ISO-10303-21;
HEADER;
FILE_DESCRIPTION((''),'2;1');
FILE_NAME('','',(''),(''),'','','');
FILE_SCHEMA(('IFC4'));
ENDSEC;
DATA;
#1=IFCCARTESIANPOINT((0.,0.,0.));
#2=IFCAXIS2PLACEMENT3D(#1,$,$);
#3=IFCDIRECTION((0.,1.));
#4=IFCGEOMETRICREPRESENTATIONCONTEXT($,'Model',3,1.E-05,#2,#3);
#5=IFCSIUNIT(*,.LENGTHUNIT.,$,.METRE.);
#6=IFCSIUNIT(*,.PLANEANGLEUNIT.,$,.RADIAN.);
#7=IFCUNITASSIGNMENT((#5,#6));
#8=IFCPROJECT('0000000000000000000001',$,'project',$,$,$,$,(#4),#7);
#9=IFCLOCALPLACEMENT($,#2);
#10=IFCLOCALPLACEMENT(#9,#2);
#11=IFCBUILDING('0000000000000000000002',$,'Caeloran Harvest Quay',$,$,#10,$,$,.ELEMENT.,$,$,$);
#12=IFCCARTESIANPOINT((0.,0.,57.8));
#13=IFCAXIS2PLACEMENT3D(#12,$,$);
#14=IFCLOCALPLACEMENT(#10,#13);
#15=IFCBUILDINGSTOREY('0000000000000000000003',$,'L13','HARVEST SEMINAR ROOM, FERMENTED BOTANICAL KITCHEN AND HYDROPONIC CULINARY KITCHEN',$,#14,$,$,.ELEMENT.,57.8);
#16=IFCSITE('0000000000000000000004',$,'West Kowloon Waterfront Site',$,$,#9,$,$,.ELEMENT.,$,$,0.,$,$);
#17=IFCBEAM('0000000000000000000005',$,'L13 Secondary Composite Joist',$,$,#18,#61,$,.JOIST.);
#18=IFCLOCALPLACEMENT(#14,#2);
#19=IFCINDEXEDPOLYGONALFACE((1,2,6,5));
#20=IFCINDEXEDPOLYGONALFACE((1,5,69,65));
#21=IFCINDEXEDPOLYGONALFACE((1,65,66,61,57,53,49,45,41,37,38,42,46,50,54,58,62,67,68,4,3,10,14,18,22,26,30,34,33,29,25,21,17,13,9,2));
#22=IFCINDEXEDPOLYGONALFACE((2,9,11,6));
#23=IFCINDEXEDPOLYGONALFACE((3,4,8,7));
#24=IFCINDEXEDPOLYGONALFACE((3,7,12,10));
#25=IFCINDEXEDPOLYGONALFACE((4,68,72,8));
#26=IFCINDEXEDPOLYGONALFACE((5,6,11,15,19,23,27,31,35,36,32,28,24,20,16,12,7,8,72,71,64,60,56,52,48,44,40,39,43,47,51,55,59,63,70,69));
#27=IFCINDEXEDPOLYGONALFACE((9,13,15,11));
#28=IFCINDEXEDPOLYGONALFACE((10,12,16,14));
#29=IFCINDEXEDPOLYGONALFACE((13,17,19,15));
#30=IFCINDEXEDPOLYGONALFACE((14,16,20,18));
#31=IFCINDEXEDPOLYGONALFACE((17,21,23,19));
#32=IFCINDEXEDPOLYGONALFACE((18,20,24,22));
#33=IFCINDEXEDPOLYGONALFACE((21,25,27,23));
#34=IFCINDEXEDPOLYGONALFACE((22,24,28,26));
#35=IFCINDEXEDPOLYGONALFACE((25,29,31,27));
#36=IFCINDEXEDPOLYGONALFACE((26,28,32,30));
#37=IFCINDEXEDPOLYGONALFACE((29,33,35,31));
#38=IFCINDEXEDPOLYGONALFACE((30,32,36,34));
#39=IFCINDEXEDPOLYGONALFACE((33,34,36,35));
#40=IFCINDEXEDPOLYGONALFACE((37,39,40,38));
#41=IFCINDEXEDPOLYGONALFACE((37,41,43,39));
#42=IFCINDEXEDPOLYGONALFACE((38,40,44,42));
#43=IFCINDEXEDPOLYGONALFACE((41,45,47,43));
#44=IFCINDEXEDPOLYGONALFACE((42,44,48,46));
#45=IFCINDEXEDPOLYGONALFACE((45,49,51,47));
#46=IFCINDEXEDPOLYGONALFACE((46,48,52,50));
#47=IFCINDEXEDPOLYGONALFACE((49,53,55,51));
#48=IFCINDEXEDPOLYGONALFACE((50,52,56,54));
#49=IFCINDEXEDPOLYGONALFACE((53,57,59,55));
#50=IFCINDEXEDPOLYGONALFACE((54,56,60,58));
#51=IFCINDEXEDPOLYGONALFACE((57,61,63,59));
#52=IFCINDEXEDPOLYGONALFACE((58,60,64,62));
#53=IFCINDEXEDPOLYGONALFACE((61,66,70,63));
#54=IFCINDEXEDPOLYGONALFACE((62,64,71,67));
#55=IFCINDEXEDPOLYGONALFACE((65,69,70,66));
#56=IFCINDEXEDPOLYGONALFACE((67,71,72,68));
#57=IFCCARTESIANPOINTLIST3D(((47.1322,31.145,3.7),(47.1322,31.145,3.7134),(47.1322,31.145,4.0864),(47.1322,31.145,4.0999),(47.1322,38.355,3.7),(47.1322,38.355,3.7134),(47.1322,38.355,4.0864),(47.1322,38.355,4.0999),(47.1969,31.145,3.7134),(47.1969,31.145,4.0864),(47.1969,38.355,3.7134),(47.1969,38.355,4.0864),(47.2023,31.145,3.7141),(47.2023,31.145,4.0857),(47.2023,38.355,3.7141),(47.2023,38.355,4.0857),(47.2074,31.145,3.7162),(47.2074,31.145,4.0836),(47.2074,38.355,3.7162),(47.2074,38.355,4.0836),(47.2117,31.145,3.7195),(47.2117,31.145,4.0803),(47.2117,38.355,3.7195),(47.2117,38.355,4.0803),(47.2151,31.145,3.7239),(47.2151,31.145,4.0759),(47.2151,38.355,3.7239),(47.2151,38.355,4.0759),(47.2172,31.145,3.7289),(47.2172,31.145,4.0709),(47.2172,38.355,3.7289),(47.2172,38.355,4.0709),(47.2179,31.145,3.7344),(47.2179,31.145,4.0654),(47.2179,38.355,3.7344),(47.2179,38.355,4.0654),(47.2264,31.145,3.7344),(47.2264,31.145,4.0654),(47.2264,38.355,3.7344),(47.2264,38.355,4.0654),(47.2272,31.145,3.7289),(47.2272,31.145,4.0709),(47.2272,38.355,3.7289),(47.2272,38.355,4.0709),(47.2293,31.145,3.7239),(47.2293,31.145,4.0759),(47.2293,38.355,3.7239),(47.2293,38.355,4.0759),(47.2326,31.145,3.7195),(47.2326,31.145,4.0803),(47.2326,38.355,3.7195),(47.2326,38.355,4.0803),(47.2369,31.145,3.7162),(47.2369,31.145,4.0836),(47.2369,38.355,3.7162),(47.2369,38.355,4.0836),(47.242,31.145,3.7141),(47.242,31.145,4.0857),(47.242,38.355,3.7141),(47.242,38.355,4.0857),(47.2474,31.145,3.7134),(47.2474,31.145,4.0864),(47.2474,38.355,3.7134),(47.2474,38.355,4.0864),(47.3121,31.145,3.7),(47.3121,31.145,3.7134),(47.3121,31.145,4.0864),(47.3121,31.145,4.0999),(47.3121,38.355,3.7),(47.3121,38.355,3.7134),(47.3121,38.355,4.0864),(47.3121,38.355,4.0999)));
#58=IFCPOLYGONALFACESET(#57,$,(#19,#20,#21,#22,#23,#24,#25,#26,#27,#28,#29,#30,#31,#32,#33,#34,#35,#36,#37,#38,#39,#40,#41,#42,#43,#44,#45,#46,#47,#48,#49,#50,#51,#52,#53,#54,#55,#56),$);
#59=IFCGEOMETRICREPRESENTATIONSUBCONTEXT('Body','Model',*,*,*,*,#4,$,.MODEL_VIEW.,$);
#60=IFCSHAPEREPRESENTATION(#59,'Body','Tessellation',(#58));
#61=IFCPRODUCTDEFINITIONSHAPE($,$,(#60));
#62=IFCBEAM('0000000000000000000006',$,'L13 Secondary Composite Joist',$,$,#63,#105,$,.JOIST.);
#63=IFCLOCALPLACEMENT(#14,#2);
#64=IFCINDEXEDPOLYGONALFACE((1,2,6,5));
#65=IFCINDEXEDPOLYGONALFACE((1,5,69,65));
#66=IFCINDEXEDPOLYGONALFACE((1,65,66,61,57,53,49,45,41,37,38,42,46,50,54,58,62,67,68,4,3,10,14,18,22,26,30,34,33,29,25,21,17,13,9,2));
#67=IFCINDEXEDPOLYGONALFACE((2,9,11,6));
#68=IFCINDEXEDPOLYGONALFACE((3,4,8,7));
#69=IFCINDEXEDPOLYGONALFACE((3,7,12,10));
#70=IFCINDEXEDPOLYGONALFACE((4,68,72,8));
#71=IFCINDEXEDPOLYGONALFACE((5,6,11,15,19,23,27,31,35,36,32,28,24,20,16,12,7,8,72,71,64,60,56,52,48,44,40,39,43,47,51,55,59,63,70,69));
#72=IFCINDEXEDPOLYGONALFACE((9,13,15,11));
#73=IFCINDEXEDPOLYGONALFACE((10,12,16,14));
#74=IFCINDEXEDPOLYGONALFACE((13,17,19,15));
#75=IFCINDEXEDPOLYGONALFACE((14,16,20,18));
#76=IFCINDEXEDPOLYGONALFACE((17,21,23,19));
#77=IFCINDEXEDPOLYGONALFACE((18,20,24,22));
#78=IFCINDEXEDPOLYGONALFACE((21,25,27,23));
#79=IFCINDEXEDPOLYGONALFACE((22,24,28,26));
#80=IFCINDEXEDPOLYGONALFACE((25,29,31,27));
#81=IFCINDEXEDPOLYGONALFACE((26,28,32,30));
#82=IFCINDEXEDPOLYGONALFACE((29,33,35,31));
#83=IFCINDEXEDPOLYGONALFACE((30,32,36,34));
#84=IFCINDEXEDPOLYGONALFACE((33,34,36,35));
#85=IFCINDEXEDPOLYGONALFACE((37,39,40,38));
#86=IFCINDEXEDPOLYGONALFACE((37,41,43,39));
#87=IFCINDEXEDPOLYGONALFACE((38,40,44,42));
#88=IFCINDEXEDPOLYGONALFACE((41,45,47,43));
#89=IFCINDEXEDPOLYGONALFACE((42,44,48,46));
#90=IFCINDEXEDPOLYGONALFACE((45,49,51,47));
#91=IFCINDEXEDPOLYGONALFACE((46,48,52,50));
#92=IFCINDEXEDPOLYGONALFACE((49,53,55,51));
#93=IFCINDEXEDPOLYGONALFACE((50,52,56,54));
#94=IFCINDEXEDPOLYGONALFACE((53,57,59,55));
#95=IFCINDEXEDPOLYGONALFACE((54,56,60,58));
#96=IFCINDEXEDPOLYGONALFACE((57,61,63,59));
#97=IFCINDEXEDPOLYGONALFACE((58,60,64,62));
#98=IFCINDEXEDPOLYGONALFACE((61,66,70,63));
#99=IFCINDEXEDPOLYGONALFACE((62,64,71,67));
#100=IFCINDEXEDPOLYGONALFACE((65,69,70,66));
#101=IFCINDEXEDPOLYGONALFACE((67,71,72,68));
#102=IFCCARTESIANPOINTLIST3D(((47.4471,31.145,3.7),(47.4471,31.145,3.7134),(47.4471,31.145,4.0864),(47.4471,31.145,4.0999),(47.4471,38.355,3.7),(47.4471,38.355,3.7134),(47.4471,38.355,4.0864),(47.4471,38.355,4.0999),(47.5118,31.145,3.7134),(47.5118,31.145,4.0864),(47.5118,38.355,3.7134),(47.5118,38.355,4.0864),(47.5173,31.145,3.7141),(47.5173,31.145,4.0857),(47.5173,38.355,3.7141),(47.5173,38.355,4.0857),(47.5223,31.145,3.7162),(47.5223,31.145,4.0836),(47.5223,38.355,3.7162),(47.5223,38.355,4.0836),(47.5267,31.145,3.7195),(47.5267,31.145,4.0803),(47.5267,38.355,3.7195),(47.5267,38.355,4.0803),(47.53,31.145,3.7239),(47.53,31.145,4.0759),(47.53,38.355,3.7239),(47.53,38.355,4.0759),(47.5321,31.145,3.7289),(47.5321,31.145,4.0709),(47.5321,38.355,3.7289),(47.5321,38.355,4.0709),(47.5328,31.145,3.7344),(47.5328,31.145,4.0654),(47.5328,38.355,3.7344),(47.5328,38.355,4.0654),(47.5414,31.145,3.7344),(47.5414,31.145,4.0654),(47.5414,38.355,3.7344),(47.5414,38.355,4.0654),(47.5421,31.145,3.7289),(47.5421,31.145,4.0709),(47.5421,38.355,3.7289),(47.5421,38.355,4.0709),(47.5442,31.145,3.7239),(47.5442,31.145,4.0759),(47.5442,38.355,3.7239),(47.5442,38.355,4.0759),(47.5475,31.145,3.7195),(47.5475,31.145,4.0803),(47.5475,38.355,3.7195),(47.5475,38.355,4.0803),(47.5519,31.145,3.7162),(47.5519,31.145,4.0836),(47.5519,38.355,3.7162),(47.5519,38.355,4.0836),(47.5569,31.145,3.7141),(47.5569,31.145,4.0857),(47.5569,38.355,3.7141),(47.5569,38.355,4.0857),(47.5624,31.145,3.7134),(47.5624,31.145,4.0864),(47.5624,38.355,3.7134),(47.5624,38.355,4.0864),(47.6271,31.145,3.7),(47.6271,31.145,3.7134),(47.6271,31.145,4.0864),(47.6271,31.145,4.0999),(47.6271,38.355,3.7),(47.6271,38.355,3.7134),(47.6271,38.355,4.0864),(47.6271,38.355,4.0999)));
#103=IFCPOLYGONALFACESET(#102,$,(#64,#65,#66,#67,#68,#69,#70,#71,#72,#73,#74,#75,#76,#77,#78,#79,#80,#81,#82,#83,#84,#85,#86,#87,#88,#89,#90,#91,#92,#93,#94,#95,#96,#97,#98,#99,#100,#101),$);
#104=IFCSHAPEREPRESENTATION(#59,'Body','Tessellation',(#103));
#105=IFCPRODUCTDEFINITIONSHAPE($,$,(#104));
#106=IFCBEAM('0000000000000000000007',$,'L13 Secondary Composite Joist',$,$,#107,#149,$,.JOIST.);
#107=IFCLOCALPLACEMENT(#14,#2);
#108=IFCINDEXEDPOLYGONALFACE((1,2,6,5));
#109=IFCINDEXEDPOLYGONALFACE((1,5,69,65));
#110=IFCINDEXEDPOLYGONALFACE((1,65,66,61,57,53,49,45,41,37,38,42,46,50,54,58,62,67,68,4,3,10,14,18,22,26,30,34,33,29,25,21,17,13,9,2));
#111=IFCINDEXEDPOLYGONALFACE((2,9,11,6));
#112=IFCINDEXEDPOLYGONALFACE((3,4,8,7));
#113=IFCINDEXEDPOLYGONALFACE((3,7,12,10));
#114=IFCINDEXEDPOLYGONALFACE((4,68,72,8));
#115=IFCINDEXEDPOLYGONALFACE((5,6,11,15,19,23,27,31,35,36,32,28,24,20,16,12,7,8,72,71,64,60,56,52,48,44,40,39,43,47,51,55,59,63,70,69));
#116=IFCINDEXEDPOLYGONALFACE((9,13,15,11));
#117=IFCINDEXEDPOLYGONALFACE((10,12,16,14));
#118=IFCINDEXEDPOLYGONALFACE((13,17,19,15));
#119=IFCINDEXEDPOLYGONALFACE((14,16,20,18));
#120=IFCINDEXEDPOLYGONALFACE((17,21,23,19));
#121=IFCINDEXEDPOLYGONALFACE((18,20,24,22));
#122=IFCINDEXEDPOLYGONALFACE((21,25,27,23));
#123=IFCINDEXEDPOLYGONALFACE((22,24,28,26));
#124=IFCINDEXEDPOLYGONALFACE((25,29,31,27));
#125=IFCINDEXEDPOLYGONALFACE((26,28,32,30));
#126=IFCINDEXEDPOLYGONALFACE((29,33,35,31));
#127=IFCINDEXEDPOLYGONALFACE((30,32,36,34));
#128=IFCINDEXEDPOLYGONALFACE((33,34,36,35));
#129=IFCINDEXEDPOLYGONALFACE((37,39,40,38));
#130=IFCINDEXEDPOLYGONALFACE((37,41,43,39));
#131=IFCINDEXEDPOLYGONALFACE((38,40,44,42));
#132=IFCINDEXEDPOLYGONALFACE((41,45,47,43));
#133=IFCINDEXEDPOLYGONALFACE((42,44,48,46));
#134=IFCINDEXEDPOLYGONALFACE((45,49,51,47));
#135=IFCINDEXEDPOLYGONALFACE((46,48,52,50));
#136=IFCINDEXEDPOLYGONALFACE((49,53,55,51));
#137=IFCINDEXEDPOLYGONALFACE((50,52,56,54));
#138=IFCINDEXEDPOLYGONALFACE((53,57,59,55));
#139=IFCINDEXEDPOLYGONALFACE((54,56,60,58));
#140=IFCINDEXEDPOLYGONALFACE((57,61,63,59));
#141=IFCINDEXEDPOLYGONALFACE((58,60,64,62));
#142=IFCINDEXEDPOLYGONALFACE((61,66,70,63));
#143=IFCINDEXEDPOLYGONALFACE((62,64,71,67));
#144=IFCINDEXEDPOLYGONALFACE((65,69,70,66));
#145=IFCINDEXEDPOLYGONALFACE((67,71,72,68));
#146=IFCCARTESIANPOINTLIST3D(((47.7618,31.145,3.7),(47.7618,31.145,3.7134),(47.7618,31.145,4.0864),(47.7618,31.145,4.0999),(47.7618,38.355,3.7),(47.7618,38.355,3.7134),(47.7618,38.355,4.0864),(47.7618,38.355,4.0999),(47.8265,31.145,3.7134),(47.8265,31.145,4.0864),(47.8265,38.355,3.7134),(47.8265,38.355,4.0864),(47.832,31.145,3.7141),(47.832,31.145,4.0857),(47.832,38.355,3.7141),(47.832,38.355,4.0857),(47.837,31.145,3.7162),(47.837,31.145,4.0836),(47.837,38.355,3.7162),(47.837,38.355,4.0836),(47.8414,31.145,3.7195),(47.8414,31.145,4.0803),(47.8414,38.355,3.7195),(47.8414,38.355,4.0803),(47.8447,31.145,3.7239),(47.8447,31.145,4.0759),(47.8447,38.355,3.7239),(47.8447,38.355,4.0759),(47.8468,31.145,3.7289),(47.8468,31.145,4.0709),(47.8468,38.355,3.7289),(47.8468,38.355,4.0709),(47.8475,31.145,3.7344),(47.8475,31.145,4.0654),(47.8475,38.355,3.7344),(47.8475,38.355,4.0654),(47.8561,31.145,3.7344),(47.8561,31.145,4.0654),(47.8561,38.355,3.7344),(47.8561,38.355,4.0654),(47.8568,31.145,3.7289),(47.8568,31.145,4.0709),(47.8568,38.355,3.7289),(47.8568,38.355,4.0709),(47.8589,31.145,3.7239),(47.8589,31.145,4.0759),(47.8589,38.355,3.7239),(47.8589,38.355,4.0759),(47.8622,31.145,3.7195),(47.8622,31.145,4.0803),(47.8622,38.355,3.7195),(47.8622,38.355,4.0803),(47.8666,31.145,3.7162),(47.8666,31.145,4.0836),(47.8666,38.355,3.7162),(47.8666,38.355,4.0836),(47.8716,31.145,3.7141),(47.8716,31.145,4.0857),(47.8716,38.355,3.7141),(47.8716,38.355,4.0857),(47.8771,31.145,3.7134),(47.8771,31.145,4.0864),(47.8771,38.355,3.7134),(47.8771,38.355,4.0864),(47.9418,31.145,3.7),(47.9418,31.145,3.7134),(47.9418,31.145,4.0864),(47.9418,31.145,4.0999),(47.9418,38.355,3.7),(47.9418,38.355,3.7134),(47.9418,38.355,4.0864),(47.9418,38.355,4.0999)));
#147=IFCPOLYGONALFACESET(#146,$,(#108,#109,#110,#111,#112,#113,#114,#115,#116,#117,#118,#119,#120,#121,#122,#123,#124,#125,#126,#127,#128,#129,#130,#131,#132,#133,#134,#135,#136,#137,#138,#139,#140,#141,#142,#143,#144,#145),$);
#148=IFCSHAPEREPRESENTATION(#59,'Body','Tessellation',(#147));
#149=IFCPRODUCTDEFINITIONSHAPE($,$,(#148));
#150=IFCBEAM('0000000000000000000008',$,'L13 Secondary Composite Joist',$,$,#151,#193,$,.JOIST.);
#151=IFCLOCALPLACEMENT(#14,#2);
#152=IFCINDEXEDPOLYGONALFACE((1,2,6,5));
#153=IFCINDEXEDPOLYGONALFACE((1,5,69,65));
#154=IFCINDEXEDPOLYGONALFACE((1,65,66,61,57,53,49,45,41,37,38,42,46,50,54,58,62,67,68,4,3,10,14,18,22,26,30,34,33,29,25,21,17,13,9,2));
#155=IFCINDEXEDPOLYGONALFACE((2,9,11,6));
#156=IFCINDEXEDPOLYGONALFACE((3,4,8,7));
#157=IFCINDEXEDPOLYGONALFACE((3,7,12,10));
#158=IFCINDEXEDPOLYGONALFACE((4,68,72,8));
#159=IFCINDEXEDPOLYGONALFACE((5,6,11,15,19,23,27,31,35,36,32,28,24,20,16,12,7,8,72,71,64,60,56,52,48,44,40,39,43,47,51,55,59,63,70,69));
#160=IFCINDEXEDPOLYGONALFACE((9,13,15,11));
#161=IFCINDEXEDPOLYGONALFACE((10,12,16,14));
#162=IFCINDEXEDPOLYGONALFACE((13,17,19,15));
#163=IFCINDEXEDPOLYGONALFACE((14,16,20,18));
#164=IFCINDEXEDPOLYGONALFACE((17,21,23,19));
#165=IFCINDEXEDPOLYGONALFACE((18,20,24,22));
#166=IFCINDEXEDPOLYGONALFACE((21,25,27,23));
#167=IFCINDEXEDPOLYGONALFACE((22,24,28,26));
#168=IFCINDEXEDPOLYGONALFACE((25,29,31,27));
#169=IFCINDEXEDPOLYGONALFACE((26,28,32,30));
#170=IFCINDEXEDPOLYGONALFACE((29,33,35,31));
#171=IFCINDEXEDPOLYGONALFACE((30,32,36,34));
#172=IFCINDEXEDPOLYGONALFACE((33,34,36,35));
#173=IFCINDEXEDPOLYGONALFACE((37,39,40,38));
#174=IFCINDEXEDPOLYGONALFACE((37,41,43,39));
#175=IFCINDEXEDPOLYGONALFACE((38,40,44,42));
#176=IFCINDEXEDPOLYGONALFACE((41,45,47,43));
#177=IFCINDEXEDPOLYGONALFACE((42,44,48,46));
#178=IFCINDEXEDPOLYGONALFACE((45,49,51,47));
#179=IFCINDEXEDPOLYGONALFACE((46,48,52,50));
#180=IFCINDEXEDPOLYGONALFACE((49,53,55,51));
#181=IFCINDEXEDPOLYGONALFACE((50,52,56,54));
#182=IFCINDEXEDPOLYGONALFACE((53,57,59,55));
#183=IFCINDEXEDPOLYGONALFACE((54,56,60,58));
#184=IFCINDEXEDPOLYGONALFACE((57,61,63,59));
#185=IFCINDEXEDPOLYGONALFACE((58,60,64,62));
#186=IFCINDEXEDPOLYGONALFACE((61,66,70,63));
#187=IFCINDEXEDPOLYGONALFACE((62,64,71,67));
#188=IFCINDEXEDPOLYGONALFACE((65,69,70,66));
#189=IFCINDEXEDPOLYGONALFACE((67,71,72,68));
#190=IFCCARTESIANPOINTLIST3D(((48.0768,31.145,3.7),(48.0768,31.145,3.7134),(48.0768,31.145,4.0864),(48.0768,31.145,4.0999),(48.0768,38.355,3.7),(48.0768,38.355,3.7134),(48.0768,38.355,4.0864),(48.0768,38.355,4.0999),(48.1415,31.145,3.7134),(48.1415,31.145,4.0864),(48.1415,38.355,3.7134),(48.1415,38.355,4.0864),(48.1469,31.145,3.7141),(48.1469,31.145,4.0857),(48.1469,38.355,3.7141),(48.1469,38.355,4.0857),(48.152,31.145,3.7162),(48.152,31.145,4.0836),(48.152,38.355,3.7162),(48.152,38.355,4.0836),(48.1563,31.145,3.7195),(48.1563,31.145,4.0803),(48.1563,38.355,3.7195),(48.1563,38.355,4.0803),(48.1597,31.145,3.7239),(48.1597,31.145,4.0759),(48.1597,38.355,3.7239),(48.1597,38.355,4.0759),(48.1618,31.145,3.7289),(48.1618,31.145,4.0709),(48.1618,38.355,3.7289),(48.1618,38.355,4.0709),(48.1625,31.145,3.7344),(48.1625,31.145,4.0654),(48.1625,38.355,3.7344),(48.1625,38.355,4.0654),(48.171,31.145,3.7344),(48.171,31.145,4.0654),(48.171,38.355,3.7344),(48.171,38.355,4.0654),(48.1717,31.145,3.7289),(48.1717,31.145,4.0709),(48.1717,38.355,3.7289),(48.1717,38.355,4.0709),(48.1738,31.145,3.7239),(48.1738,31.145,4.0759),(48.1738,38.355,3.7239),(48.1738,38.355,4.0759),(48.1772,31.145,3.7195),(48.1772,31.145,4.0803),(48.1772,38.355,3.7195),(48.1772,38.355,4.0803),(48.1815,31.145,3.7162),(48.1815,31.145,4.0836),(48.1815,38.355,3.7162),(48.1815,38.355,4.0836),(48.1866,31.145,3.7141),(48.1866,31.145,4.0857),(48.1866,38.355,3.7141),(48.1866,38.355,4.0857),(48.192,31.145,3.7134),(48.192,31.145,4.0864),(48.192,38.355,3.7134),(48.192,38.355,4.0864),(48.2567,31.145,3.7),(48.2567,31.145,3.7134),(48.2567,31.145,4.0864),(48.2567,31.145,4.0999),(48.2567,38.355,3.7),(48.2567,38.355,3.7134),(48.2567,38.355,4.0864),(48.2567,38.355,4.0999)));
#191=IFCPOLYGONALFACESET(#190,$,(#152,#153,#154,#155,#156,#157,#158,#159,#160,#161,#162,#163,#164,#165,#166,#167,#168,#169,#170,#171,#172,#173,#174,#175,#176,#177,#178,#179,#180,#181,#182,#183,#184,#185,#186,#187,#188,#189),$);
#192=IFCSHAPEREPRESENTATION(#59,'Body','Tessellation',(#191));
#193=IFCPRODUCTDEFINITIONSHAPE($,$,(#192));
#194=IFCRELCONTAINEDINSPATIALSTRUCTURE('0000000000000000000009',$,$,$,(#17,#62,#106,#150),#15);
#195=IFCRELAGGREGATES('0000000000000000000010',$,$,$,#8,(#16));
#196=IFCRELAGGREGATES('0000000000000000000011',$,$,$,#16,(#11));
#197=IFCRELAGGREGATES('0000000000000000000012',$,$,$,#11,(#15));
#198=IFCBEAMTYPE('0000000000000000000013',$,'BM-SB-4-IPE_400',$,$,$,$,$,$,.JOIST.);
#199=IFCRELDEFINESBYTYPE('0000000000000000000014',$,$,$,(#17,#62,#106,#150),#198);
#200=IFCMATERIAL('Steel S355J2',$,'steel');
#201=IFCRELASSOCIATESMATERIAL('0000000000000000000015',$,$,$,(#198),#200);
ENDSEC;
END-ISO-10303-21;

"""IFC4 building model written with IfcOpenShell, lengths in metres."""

from ifc_helpers import new_model, si_unit, direction, frame, origin, origin_2d, place, context, subcontext, project, spatial, i_section, extrude, material, material_profile, profile_set, type_object, element, save


model = new_model("IFC4")

# Units and contexts
model_context = context("Model", 3, precision=1e-05, world=origin(), true_north=direction((0.0, 1.0)))
body_context = subcontext(model_context, "Body", "Model", "MODEL_VIEW")
ifc_project = project(units=[si_unit("LENGTHUNIT", "METRE"), si_unit("PLANEANGLEUNIT", "RADIAN")], contexts=[model_context])

# Site, building, storey
site_placement = place(None, origin())
site = spatial("IfcSite", under=ifc_project, at=site_placement, Name="West Kowloon Waterfront Site", CompositionType="ELEMENT", RefElevation=0.0)
building_placement = place(site_placement, origin())
building = spatial("IfcBuilding", under=site, at=building_placement, Name="Caeloran Harvest Quay", CompositionType="ELEMENT")
storey_placement = place(building_placement, frame((0.0, 0.0, 57.8)))
storey = spatial("IfcBuildingStorey", under=building, at=storey_placement, Name="L13", Description="HARVEST SEMINAR ROOM, FERMENTED BOTANICAL KITCHEN AND HYDROPONIC CULINARY KITCHEN", CompositionType="ELEMENT", Elevation=57.8)

# Beams
ifc_material_1 = material(Name="Steel S355J2", Category="steel")
ifc_material_profile_1 = material_profile(ifc_material_1, i_section(OverallWidth=0.1799, OverallDepth=0.3999, WebThickness=0.0085, FlangeThickness=0.0134, FilletRadius=0.021, at=origin_2d()), Name="IPE 400")
ifc_profile_set_1 = profile_set([ifc_material_profile_1], Name="Steel S355J2")
beam_type_1 = type_object("IfcBeamType", Name="BM-SB-4-IPE_400", PredefinedType="JOIST", material=ifc_profile_set_1)
for number, where, z_axis, x_axis, name in (
    (1, (47.2222, 31.145, 3.8999), (0.0, 1.0, 0.0), (-1.0, 0.0, 0.0), "L13 Secondary Composite Joist"),
    (2, (47.5371, 31.145, 3.8999), (0.0, 1.0, 0.0), (-1.0, 0.0, 0.0), "L13 Secondary Composite Joist"),
    (3, (47.8518, 31.145, 3.8999), (0.0, 1.0, 0.0), (-1.0, 0.0, 0.0), "L13 Secondary Composite Joist"),
    (4, (48.1667, 31.145, 3.8999), (0.0, 1.0, 0.0), (-1.0, 0.0, 0.0), "L13 Secondary Composite Joist"),
):
    element("IfcBeam", number, at=place(storey_placement, frame(where, z_axis=z_axis, x_axis=x_axis)), inside=storey, type_object=beam_type_1, Name=name, PredefinedType="JOIST", context=body_context, shape_type="SweptSolid", body=[
        extrude(i_section(OverallWidth=0.1799, OverallDepth=0.3999, WebThickness=0.0085, FlangeThickness=0.0134, FilletRadius=0.021, at=origin_2d()), origin(), (0.0, 0.0, 1.0), 7.21),
    ])

save(model, "model.ifc")
